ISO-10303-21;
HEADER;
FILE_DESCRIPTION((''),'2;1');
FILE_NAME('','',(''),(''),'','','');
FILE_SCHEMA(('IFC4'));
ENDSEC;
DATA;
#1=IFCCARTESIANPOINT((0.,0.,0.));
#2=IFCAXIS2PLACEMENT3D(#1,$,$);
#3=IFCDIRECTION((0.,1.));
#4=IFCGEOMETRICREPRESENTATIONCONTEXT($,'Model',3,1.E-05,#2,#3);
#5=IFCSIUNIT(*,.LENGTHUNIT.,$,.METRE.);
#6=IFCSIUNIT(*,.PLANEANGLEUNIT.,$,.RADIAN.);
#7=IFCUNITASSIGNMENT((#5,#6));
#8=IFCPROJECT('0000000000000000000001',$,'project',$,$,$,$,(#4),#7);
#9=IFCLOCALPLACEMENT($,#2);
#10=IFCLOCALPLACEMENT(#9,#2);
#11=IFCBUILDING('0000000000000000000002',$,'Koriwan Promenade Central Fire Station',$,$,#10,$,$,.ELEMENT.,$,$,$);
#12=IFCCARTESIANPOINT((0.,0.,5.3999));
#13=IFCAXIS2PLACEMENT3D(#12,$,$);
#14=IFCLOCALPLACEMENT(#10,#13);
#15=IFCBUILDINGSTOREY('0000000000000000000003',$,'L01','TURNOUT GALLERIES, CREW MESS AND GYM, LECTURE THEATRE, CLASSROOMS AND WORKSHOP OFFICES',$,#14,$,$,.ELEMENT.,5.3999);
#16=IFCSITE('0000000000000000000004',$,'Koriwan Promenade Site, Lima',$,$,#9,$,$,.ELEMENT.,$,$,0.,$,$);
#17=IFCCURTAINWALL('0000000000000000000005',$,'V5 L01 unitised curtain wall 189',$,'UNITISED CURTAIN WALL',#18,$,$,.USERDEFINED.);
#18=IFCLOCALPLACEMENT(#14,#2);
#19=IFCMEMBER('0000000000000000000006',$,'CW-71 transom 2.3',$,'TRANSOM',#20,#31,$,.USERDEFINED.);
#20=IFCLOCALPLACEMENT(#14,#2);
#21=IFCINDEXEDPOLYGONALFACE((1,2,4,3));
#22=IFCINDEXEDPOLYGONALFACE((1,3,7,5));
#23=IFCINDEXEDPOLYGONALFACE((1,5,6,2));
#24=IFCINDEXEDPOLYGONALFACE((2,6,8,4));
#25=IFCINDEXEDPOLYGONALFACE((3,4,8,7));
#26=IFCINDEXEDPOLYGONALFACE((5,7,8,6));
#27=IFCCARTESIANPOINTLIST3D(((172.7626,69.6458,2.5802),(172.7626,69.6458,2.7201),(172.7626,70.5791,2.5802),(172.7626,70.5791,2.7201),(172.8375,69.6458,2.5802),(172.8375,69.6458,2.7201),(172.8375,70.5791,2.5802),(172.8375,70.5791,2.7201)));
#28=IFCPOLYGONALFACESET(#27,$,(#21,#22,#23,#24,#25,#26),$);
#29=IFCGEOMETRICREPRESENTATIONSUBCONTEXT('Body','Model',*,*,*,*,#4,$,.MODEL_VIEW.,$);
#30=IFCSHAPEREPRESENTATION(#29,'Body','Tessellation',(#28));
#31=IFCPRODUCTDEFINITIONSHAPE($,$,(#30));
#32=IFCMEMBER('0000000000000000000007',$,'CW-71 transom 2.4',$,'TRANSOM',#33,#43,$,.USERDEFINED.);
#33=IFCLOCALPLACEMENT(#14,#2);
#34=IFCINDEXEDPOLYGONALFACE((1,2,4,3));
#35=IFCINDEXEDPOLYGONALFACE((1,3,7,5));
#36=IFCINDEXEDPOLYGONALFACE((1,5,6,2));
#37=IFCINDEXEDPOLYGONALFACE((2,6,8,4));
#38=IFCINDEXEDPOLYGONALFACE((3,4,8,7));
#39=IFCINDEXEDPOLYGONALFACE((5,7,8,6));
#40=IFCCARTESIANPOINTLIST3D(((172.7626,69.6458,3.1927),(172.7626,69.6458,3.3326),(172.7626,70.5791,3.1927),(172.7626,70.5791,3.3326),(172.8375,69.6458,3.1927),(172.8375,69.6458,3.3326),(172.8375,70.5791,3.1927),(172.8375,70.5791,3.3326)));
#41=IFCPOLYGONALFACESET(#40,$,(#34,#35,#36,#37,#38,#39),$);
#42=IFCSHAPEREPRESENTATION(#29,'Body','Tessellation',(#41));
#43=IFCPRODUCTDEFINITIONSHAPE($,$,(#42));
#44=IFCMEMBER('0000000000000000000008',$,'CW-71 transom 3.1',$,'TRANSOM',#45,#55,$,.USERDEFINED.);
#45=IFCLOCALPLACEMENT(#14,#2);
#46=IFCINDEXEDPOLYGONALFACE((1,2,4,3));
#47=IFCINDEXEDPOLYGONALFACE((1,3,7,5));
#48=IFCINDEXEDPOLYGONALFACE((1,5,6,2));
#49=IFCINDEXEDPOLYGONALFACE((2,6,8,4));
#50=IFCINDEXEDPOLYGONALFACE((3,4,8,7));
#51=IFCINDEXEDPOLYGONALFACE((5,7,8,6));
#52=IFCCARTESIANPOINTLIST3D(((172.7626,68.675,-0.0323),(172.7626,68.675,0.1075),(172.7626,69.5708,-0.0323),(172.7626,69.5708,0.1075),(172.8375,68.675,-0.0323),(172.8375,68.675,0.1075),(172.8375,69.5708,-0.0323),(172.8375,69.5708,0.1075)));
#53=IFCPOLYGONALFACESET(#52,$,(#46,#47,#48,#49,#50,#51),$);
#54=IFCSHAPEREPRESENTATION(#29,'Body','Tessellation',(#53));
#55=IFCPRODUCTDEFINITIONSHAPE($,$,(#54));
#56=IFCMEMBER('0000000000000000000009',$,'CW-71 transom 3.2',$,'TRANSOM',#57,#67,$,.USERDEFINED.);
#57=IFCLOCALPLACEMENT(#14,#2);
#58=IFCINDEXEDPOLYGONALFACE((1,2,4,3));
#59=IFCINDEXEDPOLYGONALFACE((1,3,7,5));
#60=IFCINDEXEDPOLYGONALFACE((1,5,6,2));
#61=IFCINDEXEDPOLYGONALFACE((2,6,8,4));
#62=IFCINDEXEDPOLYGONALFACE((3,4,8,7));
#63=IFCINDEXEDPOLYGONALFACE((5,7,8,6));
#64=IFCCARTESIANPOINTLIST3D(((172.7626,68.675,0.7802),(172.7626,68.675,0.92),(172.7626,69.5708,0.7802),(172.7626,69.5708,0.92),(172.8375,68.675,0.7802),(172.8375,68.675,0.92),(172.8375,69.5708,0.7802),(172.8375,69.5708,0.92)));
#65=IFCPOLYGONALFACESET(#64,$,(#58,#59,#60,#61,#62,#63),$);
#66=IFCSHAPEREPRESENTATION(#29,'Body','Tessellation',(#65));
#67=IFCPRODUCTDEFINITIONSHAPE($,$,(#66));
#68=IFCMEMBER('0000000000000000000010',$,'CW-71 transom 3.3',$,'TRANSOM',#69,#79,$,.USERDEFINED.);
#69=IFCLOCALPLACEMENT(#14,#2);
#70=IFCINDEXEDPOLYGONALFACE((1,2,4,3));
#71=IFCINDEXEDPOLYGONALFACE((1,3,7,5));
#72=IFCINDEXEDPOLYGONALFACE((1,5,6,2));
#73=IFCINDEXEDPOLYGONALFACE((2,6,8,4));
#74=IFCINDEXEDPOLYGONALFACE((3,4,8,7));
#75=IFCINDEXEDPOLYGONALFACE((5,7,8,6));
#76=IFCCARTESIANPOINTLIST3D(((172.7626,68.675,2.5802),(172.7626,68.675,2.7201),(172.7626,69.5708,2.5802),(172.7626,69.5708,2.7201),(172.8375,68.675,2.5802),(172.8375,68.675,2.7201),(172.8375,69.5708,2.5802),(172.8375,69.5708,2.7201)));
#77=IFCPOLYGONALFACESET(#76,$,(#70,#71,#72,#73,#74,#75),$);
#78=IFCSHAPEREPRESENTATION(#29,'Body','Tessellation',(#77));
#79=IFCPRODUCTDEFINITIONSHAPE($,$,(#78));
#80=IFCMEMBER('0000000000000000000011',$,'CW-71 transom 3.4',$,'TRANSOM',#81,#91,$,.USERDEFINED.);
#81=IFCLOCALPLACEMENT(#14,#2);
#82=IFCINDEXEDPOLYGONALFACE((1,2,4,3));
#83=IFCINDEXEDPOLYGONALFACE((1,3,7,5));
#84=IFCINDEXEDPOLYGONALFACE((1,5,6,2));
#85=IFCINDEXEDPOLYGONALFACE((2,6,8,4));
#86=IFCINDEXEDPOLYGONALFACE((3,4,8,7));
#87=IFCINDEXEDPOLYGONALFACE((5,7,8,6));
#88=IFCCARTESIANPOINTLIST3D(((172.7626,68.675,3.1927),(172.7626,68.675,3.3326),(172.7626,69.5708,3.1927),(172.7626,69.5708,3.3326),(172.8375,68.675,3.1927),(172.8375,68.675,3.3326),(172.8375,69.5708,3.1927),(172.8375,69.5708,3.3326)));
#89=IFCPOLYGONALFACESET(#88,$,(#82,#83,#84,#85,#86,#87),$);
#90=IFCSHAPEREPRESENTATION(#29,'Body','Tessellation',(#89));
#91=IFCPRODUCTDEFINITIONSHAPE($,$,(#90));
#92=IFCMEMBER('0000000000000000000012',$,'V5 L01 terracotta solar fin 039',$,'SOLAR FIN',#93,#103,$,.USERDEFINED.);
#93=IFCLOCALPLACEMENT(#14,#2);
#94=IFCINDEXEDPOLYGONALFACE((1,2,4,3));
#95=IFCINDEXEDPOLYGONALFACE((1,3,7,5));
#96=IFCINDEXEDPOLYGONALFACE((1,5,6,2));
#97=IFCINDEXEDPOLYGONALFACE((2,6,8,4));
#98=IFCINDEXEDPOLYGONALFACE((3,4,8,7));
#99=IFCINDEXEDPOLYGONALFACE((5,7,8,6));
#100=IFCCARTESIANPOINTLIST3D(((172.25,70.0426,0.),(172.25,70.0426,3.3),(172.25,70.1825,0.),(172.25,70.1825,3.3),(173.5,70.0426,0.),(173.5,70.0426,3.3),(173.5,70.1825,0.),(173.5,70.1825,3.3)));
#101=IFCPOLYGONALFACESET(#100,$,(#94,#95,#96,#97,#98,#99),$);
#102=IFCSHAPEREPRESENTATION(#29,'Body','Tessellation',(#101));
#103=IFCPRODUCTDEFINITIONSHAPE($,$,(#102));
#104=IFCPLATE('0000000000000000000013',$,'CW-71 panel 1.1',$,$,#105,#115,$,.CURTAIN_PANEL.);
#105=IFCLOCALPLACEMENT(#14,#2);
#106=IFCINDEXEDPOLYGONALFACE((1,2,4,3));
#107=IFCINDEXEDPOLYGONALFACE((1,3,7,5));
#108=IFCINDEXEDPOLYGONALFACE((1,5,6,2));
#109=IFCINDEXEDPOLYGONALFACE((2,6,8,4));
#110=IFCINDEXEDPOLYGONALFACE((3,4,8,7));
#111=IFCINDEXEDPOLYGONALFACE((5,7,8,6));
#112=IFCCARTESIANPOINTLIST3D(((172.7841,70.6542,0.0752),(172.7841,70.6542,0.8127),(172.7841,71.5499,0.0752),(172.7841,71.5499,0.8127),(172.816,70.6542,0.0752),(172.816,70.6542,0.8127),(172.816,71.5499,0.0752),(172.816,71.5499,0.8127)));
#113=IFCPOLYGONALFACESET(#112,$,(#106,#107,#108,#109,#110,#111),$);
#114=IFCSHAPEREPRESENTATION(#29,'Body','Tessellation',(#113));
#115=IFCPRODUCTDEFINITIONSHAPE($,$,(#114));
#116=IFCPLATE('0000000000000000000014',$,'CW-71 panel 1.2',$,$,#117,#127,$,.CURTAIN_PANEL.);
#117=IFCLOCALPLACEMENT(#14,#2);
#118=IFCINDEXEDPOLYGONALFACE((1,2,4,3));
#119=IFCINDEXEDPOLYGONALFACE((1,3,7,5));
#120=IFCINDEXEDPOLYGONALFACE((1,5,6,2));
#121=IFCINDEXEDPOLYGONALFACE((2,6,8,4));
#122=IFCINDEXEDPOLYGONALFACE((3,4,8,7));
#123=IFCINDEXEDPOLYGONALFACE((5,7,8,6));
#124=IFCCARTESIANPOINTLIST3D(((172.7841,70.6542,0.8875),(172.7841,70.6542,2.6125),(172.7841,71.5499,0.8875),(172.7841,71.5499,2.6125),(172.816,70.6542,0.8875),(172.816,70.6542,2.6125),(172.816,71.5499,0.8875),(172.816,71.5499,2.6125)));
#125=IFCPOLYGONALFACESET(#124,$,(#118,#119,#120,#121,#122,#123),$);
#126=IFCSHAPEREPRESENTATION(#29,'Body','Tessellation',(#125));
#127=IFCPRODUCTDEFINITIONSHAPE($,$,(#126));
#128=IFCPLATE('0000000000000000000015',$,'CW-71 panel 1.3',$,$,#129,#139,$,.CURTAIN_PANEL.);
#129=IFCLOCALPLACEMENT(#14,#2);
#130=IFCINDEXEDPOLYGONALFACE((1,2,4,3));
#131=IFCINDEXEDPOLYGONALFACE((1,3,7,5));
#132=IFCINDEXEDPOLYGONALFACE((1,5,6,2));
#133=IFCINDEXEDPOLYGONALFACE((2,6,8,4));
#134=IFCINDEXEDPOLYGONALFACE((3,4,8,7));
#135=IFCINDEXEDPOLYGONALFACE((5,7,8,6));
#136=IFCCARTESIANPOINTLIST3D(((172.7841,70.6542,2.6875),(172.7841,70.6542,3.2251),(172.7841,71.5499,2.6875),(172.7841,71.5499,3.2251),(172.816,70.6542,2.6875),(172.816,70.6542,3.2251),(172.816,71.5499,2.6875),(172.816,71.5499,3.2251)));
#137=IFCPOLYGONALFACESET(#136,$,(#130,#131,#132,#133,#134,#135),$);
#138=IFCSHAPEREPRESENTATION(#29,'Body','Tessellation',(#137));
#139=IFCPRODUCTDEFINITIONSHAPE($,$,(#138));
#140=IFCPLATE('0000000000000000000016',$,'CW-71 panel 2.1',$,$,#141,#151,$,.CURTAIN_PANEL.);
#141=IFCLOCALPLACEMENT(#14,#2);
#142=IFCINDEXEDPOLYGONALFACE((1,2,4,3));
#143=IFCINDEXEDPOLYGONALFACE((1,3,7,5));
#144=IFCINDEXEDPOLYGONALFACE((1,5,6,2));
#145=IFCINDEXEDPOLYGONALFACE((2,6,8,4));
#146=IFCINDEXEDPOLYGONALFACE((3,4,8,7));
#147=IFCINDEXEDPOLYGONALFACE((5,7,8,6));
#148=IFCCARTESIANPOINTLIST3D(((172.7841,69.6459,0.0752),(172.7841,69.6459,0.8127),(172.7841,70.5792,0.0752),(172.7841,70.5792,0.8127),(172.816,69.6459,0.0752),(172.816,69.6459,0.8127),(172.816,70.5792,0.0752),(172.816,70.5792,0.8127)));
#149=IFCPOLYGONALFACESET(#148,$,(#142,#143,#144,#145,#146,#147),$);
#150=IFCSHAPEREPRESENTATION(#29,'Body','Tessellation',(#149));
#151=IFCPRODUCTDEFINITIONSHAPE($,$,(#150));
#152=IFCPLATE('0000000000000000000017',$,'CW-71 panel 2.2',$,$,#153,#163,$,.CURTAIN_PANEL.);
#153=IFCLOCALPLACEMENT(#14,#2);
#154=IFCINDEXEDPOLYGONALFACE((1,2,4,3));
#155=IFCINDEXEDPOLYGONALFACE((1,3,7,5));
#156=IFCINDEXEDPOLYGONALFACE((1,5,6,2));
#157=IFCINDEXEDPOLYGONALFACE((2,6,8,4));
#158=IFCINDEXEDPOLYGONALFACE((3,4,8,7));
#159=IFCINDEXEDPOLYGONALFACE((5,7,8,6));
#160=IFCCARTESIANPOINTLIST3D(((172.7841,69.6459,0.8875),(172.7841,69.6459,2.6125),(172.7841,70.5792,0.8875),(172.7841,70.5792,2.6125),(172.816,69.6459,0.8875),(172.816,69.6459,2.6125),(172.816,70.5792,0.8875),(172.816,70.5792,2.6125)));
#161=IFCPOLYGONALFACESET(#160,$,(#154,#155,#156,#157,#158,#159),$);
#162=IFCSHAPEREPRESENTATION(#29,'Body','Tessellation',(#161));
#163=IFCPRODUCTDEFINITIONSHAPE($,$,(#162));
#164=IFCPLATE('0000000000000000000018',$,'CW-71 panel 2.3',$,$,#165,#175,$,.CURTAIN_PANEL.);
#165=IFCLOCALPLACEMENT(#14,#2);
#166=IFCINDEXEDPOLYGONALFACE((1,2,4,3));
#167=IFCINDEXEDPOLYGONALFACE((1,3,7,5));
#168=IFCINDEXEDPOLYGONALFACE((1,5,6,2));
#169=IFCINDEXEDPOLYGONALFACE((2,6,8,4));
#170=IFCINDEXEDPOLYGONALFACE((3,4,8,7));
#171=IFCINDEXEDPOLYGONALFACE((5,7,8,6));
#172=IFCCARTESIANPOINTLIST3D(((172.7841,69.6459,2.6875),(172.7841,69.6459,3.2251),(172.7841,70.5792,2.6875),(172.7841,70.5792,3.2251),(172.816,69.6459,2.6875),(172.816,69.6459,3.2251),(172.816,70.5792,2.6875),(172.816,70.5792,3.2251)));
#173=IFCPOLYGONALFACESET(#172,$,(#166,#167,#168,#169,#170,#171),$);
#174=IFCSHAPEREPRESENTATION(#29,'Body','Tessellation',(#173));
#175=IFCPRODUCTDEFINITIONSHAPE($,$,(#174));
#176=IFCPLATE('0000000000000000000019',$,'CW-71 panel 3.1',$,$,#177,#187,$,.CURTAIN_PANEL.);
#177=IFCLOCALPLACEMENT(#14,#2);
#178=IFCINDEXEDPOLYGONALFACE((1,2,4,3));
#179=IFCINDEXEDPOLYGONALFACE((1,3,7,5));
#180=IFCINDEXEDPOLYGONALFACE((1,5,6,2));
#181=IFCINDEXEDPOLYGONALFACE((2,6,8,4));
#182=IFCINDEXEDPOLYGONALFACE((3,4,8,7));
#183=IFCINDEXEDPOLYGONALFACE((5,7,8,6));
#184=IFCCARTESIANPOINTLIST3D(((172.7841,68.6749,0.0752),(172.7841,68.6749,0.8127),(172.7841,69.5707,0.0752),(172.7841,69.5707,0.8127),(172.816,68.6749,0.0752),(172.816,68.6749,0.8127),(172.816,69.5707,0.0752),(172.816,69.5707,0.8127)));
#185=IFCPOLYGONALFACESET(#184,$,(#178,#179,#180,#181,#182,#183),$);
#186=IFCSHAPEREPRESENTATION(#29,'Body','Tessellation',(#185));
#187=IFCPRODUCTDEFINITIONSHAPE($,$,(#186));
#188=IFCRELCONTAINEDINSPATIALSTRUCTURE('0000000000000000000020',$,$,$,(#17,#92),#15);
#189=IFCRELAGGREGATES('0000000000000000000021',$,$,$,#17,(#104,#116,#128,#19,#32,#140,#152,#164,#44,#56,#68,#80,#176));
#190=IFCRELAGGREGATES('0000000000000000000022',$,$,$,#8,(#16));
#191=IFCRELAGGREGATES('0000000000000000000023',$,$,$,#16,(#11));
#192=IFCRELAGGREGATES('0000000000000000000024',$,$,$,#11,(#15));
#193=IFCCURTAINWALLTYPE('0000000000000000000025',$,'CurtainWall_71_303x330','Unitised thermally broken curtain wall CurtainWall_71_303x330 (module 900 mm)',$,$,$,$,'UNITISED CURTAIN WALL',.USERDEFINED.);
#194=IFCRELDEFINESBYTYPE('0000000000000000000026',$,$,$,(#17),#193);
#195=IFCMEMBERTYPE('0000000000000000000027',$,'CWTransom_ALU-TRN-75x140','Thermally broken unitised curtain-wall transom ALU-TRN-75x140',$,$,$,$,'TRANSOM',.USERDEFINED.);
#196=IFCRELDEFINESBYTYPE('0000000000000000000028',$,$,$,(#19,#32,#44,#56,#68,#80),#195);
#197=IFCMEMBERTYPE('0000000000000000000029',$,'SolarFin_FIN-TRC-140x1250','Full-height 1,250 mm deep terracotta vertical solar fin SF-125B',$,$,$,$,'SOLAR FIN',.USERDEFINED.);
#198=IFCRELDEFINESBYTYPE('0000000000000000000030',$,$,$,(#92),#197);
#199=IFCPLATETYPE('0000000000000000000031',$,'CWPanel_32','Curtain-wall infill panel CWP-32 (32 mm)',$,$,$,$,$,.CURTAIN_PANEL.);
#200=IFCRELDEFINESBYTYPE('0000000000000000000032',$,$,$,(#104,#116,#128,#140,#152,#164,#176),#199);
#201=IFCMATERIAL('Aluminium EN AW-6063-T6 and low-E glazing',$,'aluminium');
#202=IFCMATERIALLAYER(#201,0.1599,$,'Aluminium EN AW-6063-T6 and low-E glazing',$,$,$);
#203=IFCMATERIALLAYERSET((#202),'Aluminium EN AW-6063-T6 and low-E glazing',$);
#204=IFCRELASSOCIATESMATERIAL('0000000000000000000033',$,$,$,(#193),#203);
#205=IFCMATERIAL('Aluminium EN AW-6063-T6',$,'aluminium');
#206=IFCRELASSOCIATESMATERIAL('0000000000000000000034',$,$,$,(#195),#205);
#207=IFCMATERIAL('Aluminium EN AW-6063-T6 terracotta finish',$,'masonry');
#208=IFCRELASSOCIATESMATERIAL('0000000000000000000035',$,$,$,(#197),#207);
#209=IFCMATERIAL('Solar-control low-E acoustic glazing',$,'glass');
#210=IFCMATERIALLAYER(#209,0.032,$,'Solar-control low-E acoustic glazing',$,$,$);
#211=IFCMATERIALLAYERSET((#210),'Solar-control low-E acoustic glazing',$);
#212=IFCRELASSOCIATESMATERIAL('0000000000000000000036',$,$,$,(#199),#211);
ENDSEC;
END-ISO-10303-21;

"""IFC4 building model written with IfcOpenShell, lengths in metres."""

from ifc_helpers import new_model, si_unit, direction, frame, origin, origin_2d, place, context, subcontext, project, spatial, rectangle, extrude, material, layer, layer_set, material_profile, profile_set, type_object, element, aggregate, save


model = new_model("IFC4")

# Units and contexts
model_context = context("Model", 3, precision=1e-05, world=origin(), true_north=direction((0.0, 1.0)))
body_context = subcontext(model_context, "Body", "Model", "MODEL_VIEW")
ifc_project = project(units=[si_unit("LENGTHUNIT", "METRE"), si_unit("PLANEANGLEUNIT", "RADIAN")], contexts=[model_context])

# Site, building, storey
site_placement = place(None, origin())
site = spatial("IfcSite", under=ifc_project, at=site_placement, Name="Koriwan Promenade Site, Lima", CompositionType="ELEMENT", RefElevation=0.0)
building_placement = place(site_placement, origin())
building = spatial("IfcBuilding", under=site, at=building_placement, Name="Koriwan Promenade Central Fire Station", CompositionType="ELEMENT")
storey_placement = place(building_placement, frame((0.0, 0.0, 5.3999)))
storey = spatial("IfcBuildingStorey", under=building, at=storey_placement, Name="L01", Description="TURNOUT GALLERIES, CREW MESS AND GYM, LECTURE THEATRE, CLASSROOMS AND WORKSHOP OFFICES", CompositionType="ELEMENT", Elevation=5.3999)

# Curtain wall
ifc_material_1 = material(Name="Aluminium EN AW-6063-T6 and low-E glazing", Category="aluminium")
ifc_layer_1 = layer(ifc_material_1, 0.1599, Name="Aluminium EN AW-6063-T6 and low-E glazing")
ifc_layer_set_1 = layer_set([ifc_layer_1], Name="Aluminium EN AW-6063-T6 and low-E glazing")
curtain_wall_type_1 = type_object("IfcCurtainWallType", Name="CurtainWall_71_303x330", Description="Unitised thermally broken curtain wall CurtainWall_71_303x330 (module 900 mm)", ElementType="UNITISED CURTAIN WALL", PredefinedType="USERDEFINED", material=ifc_layer_set_1)
curtain_wall_1_placement = place(storey_placement, origin())
curtain_wall_1 = element("IfcCurtainWall", 1, at=curtain_wall_1_placement, inside=storey, type_object=curtain_wall_type_1, Name="V5 L01 unitised curtain wall 189", ObjectType="UNITISED CURTAIN WALL", PredefinedType="USERDEFINED")
ifc_material_2 = material(Name="Aluminium EN AW-6063-T6", Category="aluminium")

# Members
ifc_material_profile_1 = material_profile(ifc_material_2, rectangle(XDim=0.075, YDim=0.1399, at=origin_2d()), Name="ALU-TRN-75x140")
ifc_profile_set_1 = profile_set([ifc_material_profile_1], Name="Aluminium EN AW-6063-T6")
member_type_1 = type_object("IfcMemberType", Name="CWTransom_ALU-TRN-75x140", Description="Thermally broken unitised curtain-wall transom ALU-TRN-75x140", ElementType="TRANSOM", PredefinedType="USERDEFINED", material=ifc_profile_set_1)
member_1_placement = place(storey_placement, frame((172.8, 70.5791, 2.6501), z_axis=(0.0, -1.0, 0.0), x_axis=(1.0, 0.0, 0.0)))
member_1 = element("IfcMember", 2, at=member_1_placement, type_object=member_type_1, Name="CW-71 transom 2.3", ObjectType="TRANSOM", PredefinedType="USERDEFINED", context=body_context, shape_type="SweptSolid", body=[
    extrude(rectangle(XDim=0.075, YDim=0.1399, at=origin_2d()), origin(), (0.0, 0.0, 1.0), 0.9333),
])
member_2_placement = place(storey_placement, frame((172.8, 70.5791, 3.2627), z_axis=(0.0, -1.0, 0.0), x_axis=(1.0, 0.0, 0.0)))
member_2 = element("IfcMember", 3, at=member_2_placement, type_object=member_type_1, Name="CW-71 transom 2.4", ObjectType="TRANSOM", PredefinedType="USERDEFINED", context=body_context, shape_type="SweptSolid", body=[
    extrude(rectangle(XDim=0.075, YDim=0.1399, at=origin_2d()), origin(), (0.0, 0.0, 1.0), 0.9333),
])
member_3_placement = place(storey_placement, frame((172.8, 69.5708, 0.0376), z_axis=(0.0, -1.0, 0.0), x_axis=(1.0, 0.0, 0.0)))
member_3 = element("IfcMember", 4, at=member_3_placement, type_object=member_type_1, Name="CW-71 transom 3.1", ObjectType="TRANSOM", PredefinedType="USERDEFINED", context=body_context, shape_type="SweptSolid", body=[
    extrude(rectangle(XDim=0.075, YDim=0.1399, at=origin_2d()), origin(), (0.0, 0.0, 1.0), 0.8958),
])
member_4_placement = place(storey_placement, frame((172.8, 69.5708, 0.8501), z_axis=(0.0, -1.0, 0.0), x_axis=(1.0, 0.0, 0.0)))
member_4 = element("IfcMember", 5, at=member_4_placement, type_object=member_type_1, Name="CW-71 transom 3.2", ObjectType="TRANSOM", PredefinedType="USERDEFINED", context=body_context, shape_type="SweptSolid", body=[
    extrude(rectangle(XDim=0.075, YDim=0.1399, at=origin_2d()), origin(), (0.0, 0.0, 1.0), 0.8958),
])
member_5_placement = place(storey_placement, frame((172.8, 69.5708, 2.6501), z_axis=(0.0, -1.0, 0.0), x_axis=(1.0, 0.0, 0.0)))
member_5 = element("IfcMember", 6, at=member_5_placement, type_object=member_type_1, Name="CW-71 transom 3.3", ObjectType="TRANSOM", PredefinedType="USERDEFINED", context=body_context, shape_type="SweptSolid", body=[
    extrude(rectangle(XDim=0.075, YDim=0.1399, at=origin_2d()), origin(), (0.0, 0.0, 1.0), 0.8958),
])
member_6_placement = place(storey_placement, frame((172.8, 69.5708, 3.2627), z_axis=(0.0, -1.0, 0.0), x_axis=(1.0, 0.0, 0.0)))
member_6 = element("IfcMember", 7, at=member_6_placement, type_object=member_type_1, Name="CW-71 transom 3.4", ObjectType="TRANSOM", PredefinedType="USERDEFINED", context=body_context, shape_type="SweptSolid", body=[
    extrude(rectangle(XDim=0.075, YDim=0.1399, at=origin_2d()), origin(), (0.0, 0.0, 1.0), 0.8958),
])
ifc_material_3 = material(Name="Aluminium EN AW-6063-T6 terracotta finish", Category="masonry")
ifc_material_profile_2 = material_profile(ifc_material_3, rectangle(XDim=0.1399, YDim=1.25, at=origin_2d()), Name="FIN-TRC-140x1250")
ifc_profile_set_2 = profile_set([ifc_material_profile_2], Name="Aluminium EN AW-6063-T6 terracotta finish")
member_type_2 = type_object("IfcMemberType", Name="SolarFin_FIN-TRC-140x1250", Description="Full-height 1,250 mm deep terracotta vertical solar fin SF-125B", ElementType="SOLAR FIN", PredefinedType="USERDEFINED", material=ifc_profile_set_2)
member_7_placement = place(storey_placement, frame((172.875, 70.1125, 0.0), z_axis=(0.0, 0.0, 1.0), x_axis=(0.0, -1.0, 0.0)))
element("IfcMember", 8, at=member_7_placement, inside=storey, type_object=member_type_2, Name="V5 L01 terracotta solar fin 039", ObjectType="SOLAR FIN", PredefinedType="USERDEFINED", context=body_context, shape_type="SweptSolid", body=[
    extrude(rectangle(XDim=0.1399, YDim=1.25, at=origin_2d()), origin(), (0.0, 0.0, 1.0), 3.3),
])

# Plates
ifc_material_4 = material(Name="Solar-control low-E acoustic glazing", Category="glass")
ifc_layer_2 = layer(ifc_material_4, 0.032, Name="Solar-control low-E acoustic glazing")
ifc_layer_set_2 = layer_set([ifc_layer_2], Name="Solar-control low-E acoustic glazing")
plate_type = type_object("IfcPlateType", Name="CWPanel_32", Description="Curtain-wall infill panel CWP-32 (32 mm)", PredefinedType="CURTAIN_PANEL", material=ifc_layer_set_2)
plate_1_placement = place(storey_placement, frame((172.8, 71.1021, 0.0752), z_axis=(0.0, 0.0, 1.0), x_axis=(0.0, -1.0, 0.0)))
plate_1 = element("IfcPlate", 9, at=plate_1_placement, type_object=plate_type, Name="CW-71 panel 1.1", PredefinedType="CURTAIN_PANEL", context=body_context, shape_type="SweptSolid", body=[
    extrude(rectangle(XDim=0.8958, YDim=0.032, at=origin_2d()), origin(), (0.0, 0.0, 1.0), 0.7375),
])
plate_2_placement = place(storey_placement, frame((172.8, 71.1021, 0.8875), z_axis=(0.0, 0.0, 1.0), x_axis=(0.0, -1.0, 0.0)))
plate_2 = element("IfcPlate", 10, at=plate_2_placement, type_object=plate_type, Name="CW-71 panel 1.2", PredefinedType="CURTAIN_PANEL", context=body_context, shape_type="SweptSolid", body=[
    extrude(rectangle(XDim=0.8958, YDim=0.032, at=origin_2d()), origin(), (0.0, 0.0, 1.0), 1.7251),
])
plate_3_placement = place(storey_placement, frame((172.8, 71.1021, 2.6875), z_axis=(0.0, 0.0, 1.0), x_axis=(0.0, -1.0, 0.0)))
plate_3 = element("IfcPlate", 11, at=plate_3_placement, type_object=plate_type, Name="CW-71 panel 1.3", PredefinedType="CURTAIN_PANEL", context=body_context, shape_type="SweptSolid", body=[
    extrude(rectangle(XDim=0.8958, YDim=0.032, at=origin_2d()), origin(), (0.0, 0.0, 1.0), 0.5376),
])
plate_4_placement = place(storey_placement, frame((172.8, 70.1125, 0.0752), z_axis=(0.0, 0.0, 1.0), x_axis=(0.0, -1.0, 0.0)))
plate_4 = element("IfcPlate", 12, at=plate_4_placement, type_object=plate_type, Name="CW-71 panel 2.1", PredefinedType="CURTAIN_PANEL", context=body_context, shape_type="SweptSolid", body=[
    extrude(rectangle(XDim=0.9333, YDim=0.032, at=origin_2d()), origin(), (0.0, 0.0, 1.0), 0.7375),
])
plate_5_placement = place(storey_placement, frame((172.8, 70.1125, 0.8875), z_axis=(0.0, 0.0, 1.0), x_axis=(0.0, -1.0, 0.0)))
plate_5 = element("IfcPlate", 13, at=plate_5_placement, type_object=plate_type, Name="CW-71 panel 2.2", PredefinedType="CURTAIN_PANEL", context=body_context, shape_type="SweptSolid", body=[
    extrude(rectangle(XDim=0.9333, YDim=0.032, at=origin_2d()), origin(), (0.0, 0.0, 1.0), 1.7251),
])
plate_6_placement = place(storey_placement, frame((172.8, 70.1125, 2.6875), z_axis=(0.0, 0.0, 1.0), x_axis=(0.0, -1.0, 0.0)))
plate_6 = element("IfcPlate", 14, at=plate_6_placement, type_object=plate_type, Name="CW-71 panel 2.3", PredefinedType="CURTAIN_PANEL", context=body_context, shape_type="SweptSolid", body=[
    extrude(rectangle(XDim=0.9333, YDim=0.032, at=origin_2d()), origin(), (0.0, 0.0, 1.0), 0.5376),
])
plate_7_placement = place(storey_placement, frame((172.8, 69.1228, 0.0752), z_axis=(0.0, 0.0, 1.0), x_axis=(0.0, -1.0, 0.0)))
plate_7 = element("IfcPlate", 15, at=plate_7_placement, type_object=plate_type, Name="CW-71 panel 3.1", PredefinedType="CURTAIN_PANEL", context=body_context, shape_type="SweptSolid", body=[
    extrude(rectangle(XDim=0.8958, YDim=0.032, at=origin_2d()), origin(), (0.0, 0.0, 1.0), 0.7375),
])
aggregate(curtain_wall_1, [plate_1, plate_2, plate_3, member_1, member_2, plate_4, plate_5, plate_6, member_3, member_4, member_5, member_6, plate_7])

save(model, "model.ifc")
